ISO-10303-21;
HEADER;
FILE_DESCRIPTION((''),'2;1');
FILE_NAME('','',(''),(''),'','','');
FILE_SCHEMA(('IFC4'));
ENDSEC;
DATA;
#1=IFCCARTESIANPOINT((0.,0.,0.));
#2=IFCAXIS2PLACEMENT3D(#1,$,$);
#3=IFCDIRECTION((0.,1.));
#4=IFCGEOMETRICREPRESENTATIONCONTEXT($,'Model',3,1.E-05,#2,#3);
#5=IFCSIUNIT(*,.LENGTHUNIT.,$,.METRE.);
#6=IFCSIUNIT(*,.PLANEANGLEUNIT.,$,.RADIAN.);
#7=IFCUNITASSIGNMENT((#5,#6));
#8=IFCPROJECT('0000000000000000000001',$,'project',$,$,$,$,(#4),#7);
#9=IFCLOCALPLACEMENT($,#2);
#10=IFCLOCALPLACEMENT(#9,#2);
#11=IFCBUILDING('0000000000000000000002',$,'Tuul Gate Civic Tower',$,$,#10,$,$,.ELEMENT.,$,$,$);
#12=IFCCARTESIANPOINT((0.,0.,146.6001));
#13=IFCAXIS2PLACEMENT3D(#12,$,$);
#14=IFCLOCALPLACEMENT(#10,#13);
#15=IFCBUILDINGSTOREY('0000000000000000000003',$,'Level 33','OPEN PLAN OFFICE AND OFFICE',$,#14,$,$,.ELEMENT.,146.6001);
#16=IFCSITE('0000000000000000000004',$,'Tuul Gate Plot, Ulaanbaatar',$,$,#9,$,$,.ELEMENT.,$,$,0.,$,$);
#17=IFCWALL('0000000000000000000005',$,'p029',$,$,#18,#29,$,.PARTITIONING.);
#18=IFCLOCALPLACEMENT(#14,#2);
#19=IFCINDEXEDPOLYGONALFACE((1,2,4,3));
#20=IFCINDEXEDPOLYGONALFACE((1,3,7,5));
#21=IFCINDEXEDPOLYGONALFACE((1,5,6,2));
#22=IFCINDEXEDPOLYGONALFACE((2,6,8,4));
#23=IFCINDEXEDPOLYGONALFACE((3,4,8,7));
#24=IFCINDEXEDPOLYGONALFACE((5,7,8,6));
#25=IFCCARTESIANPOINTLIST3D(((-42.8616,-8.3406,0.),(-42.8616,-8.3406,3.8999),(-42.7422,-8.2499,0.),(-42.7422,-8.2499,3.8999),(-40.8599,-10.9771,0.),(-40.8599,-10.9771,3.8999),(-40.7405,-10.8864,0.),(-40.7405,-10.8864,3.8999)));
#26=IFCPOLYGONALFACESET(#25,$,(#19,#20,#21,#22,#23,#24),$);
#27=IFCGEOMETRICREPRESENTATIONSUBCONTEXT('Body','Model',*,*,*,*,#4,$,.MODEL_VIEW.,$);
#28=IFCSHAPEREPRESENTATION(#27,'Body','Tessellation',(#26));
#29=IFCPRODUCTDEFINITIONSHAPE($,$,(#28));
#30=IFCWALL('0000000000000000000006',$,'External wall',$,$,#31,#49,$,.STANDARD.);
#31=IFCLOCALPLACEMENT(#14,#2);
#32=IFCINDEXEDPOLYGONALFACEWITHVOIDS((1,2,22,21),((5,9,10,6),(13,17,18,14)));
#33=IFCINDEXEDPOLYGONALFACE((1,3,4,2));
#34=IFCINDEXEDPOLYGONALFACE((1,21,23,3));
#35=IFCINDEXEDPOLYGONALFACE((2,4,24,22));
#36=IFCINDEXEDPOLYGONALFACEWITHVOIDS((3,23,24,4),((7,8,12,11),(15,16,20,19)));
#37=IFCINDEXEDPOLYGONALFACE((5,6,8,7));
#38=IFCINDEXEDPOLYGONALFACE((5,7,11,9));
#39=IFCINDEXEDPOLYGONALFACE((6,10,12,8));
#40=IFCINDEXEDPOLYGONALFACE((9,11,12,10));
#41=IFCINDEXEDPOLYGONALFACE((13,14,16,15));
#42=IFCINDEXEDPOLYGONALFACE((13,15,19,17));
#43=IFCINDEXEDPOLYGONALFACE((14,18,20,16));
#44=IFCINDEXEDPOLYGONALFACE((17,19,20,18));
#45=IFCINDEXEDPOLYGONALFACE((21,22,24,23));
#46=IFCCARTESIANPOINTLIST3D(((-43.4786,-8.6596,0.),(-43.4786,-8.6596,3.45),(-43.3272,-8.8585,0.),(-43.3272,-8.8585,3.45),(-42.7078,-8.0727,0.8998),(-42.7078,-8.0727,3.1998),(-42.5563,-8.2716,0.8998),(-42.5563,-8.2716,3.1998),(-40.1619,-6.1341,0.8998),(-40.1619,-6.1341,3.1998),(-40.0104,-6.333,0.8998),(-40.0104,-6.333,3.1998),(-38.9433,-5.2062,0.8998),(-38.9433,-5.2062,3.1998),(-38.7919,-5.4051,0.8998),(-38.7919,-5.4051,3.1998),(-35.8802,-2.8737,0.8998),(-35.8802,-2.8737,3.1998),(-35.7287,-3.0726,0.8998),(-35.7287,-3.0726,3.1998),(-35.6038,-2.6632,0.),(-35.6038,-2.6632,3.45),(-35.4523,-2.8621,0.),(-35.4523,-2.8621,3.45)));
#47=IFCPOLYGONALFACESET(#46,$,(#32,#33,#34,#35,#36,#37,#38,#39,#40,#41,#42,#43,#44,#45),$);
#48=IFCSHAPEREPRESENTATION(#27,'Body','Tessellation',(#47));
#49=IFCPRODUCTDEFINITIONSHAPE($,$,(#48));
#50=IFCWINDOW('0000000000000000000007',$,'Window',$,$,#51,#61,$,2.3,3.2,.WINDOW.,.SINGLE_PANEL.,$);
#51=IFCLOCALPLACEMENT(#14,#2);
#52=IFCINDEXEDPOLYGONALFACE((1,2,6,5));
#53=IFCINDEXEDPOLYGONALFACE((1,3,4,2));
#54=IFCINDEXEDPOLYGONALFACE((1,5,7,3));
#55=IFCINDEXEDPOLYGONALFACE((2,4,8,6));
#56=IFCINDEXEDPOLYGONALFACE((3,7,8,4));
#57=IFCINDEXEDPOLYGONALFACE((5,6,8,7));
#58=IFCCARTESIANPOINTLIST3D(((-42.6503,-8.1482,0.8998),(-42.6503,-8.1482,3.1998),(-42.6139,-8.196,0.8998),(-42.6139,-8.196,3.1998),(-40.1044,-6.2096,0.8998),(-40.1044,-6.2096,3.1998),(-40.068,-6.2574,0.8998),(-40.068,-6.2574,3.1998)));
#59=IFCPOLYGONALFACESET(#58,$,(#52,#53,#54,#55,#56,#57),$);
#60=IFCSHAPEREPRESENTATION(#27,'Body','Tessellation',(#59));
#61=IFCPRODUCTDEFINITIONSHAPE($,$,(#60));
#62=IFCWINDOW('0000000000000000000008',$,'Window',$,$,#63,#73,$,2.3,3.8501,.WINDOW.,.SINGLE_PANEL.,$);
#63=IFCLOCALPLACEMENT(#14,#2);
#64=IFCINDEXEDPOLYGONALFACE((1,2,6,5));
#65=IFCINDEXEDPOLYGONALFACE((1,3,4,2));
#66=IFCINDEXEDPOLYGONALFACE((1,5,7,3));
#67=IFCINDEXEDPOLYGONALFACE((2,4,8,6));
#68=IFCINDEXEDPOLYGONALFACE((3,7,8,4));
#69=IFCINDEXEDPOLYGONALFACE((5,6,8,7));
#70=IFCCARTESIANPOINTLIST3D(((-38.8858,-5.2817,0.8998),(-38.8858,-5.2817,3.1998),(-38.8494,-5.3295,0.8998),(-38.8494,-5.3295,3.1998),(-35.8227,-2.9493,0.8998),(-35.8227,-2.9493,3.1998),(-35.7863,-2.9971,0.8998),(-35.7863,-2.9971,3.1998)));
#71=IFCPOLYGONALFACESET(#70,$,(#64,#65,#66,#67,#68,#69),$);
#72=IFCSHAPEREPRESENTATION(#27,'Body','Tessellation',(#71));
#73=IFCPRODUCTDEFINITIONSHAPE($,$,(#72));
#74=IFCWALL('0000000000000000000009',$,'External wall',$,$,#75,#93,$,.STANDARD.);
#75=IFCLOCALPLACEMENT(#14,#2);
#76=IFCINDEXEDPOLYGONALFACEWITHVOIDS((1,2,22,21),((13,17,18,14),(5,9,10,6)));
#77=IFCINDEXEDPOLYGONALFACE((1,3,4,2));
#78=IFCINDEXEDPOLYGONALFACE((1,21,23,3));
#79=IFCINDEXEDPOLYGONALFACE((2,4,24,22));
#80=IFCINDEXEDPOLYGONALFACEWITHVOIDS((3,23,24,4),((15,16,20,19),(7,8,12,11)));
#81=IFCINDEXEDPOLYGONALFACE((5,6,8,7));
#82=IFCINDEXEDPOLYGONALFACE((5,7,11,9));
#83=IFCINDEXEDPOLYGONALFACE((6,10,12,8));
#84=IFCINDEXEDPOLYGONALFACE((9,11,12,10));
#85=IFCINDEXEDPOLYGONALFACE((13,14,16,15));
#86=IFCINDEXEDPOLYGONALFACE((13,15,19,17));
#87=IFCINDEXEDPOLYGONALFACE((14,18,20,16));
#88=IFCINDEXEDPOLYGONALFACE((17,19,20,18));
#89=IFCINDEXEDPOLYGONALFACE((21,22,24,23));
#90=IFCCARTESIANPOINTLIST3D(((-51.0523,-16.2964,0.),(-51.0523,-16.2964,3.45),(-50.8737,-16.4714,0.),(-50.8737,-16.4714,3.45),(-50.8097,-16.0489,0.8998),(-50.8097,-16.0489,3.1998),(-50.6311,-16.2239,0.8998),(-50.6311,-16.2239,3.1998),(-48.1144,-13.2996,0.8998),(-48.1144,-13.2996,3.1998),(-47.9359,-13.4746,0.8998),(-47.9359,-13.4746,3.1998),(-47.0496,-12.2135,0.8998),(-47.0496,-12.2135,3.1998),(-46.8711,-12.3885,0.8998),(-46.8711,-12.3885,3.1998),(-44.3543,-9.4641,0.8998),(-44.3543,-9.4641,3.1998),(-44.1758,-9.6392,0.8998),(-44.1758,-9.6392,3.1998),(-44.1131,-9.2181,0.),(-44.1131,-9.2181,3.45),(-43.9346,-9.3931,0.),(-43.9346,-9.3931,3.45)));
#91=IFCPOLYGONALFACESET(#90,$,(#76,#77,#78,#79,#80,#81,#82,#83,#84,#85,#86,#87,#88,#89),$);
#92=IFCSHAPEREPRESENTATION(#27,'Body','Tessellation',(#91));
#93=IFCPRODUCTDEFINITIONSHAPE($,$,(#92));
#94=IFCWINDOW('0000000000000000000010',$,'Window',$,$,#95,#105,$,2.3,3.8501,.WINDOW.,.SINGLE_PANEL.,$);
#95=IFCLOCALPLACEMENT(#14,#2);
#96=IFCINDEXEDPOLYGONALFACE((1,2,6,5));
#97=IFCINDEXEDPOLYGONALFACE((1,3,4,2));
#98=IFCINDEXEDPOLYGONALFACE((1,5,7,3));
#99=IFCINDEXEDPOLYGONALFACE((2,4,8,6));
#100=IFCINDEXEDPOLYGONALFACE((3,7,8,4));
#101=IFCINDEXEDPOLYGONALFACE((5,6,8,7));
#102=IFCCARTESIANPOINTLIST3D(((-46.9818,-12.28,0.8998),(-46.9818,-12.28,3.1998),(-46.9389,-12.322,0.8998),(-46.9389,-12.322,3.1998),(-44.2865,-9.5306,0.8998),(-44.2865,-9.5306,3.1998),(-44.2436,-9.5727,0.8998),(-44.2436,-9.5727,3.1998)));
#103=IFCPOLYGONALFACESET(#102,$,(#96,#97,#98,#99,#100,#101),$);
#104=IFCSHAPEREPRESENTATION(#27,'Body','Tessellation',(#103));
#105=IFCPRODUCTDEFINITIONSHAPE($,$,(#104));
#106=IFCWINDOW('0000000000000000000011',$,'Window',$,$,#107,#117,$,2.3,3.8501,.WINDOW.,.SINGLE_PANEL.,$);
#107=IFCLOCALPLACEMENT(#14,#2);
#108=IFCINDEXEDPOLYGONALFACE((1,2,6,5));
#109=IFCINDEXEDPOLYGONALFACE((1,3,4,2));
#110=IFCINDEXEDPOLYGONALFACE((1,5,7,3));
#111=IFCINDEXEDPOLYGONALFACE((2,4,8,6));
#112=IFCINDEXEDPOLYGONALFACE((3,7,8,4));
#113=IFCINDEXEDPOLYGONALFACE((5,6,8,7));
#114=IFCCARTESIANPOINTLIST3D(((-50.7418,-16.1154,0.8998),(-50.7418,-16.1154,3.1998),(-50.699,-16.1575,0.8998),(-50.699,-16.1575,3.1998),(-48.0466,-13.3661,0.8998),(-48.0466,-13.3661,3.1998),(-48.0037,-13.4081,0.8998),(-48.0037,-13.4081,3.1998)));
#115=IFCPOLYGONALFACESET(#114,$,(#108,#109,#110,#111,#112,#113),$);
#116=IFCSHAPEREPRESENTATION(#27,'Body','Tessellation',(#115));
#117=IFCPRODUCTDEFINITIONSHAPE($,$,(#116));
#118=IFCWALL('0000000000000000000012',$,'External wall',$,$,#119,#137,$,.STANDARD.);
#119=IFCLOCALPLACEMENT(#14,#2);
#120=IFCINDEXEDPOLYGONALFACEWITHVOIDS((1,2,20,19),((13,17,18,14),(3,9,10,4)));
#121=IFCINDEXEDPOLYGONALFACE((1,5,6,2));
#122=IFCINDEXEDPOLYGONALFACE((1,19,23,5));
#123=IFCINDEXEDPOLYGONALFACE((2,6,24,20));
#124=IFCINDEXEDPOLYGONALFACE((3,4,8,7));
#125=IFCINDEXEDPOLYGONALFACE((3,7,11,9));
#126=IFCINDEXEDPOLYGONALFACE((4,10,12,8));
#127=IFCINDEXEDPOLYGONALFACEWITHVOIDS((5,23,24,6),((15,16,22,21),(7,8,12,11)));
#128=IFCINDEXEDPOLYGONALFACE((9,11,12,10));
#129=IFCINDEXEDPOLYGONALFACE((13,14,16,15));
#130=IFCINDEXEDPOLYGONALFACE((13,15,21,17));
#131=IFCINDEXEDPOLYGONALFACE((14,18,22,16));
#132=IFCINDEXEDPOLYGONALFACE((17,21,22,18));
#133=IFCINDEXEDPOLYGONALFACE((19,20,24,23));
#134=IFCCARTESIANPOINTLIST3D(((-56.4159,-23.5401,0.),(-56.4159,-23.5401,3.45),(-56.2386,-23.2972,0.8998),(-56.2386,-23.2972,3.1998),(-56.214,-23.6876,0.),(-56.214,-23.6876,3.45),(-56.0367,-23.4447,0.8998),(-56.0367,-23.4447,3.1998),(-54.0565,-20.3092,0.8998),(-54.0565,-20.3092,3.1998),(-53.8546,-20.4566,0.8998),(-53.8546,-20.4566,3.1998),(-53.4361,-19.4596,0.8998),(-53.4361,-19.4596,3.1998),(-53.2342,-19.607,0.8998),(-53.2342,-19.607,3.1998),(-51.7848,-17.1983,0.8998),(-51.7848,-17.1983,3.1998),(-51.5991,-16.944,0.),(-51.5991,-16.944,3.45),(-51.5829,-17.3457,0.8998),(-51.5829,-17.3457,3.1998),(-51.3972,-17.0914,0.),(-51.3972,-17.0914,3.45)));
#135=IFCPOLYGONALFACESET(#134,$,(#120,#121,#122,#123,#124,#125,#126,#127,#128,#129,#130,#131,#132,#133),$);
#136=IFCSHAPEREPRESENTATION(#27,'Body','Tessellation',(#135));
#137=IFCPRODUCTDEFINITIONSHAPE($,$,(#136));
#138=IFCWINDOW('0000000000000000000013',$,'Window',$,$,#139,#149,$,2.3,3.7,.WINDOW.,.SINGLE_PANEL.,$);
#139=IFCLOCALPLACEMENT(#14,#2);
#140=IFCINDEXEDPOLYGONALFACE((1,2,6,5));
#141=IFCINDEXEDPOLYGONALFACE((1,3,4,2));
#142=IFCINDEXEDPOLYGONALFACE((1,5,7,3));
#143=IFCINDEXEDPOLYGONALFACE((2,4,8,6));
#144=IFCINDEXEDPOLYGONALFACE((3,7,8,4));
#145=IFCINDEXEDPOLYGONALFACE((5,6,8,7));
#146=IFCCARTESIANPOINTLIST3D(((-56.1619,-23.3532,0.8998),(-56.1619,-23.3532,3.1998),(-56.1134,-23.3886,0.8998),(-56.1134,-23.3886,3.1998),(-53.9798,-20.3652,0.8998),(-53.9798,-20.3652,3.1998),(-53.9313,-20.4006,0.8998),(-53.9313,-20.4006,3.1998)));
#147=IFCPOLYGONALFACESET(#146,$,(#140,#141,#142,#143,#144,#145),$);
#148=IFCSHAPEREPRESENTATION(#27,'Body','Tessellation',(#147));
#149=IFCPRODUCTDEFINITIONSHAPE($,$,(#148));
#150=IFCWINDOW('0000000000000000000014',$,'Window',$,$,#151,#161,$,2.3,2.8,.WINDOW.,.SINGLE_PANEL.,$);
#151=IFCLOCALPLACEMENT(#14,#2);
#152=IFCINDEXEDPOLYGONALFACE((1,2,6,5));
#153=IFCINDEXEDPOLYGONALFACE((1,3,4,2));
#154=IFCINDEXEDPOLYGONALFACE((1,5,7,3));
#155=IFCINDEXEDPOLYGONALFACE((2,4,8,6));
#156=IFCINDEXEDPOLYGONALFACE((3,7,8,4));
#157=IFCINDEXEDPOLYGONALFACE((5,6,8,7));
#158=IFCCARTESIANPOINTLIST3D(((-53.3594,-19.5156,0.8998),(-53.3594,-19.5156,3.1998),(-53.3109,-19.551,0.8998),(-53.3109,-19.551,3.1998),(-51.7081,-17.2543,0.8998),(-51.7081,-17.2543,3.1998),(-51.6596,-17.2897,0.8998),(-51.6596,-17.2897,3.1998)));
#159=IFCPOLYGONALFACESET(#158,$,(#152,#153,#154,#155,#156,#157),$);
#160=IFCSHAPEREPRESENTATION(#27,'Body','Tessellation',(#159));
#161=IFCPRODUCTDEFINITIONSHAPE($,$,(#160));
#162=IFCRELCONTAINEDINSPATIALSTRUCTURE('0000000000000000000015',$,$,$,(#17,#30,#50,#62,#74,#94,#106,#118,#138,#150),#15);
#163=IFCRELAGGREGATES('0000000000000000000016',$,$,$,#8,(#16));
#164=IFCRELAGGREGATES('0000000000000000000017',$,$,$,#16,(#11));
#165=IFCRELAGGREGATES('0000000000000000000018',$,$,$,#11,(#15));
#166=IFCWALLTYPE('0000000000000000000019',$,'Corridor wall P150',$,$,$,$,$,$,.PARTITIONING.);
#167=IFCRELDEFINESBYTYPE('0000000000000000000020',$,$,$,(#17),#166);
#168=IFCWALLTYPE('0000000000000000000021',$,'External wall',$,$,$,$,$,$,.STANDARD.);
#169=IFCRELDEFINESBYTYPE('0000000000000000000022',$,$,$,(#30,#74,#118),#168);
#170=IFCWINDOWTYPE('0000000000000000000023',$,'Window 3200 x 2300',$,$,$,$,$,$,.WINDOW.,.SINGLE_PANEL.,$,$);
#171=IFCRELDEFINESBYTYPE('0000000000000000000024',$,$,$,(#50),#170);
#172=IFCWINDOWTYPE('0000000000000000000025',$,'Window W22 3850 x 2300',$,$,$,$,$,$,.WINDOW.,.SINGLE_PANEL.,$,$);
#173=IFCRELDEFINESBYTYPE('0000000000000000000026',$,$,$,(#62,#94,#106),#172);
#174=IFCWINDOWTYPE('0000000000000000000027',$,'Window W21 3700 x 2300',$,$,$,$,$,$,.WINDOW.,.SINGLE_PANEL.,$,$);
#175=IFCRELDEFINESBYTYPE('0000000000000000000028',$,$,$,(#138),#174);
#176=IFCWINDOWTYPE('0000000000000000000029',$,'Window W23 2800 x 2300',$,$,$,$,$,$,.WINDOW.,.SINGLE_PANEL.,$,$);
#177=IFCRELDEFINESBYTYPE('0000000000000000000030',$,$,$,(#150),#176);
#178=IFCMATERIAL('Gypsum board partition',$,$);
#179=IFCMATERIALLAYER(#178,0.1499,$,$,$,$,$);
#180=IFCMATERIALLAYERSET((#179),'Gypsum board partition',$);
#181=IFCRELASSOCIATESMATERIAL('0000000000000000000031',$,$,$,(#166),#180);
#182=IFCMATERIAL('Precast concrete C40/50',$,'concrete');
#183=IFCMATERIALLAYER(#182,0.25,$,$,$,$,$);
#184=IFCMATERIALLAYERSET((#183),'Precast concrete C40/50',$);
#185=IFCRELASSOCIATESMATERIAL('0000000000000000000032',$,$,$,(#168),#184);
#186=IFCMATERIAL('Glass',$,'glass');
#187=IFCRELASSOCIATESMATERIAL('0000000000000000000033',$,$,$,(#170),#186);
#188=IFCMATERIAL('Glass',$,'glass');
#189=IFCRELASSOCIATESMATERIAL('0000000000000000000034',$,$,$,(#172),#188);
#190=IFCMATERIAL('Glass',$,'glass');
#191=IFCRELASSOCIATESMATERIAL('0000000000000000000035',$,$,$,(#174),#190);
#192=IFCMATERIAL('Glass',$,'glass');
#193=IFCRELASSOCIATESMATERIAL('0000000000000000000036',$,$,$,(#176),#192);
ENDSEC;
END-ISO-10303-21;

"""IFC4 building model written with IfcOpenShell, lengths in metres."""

from ifc_helpers import new_model, si_unit, direction, frame, frame_2d, origin, place, context, subcontext, project, spatial, rectangle, extrude, material, layer, layer_set, type_object, element, fill, save


model = new_model("IFC4")

# Units and contexts
model_context = context("Model", 3, precision=1e-05, world=origin(), true_north=direction((0.0, 1.0)))
body_context = subcontext(model_context, "Body", "Model", "MODEL_VIEW")
ifc_project = project(units=[si_unit("LENGTHUNIT", "METRE"), si_unit("PLANEANGLEUNIT", "RADIAN")], contexts=[model_context])

# Site, building, storey
site_placement = place(None, origin())
site = spatial("IfcSite", under=ifc_project, at=site_placement, Name="Tuul Gate Plot, Ulaanbaatar", CompositionType="ELEMENT", RefElevation=0.0)
building_placement = place(site_placement, origin())
building = spatial("IfcBuilding", under=site, at=building_placement, Name="Tuul Gate Civic Tower", CompositionType="ELEMENT")
storey_placement = place(building_placement, frame((0.0, 0.0, 146.6001)))
storey = spatial("IfcBuildingStorey", under=building, at=storey_placement, Name="Level 33", Description="OPEN PLAN OFFICE AND OFFICE", CompositionType="ELEMENT", Elevation=146.6001)

# Wall
ifc_material_1 = material(Name="Gypsum board partition")
ifc_layer_1 = layer(ifc_material_1, 0.1499)
ifc_layer_set_1 = layer_set([ifc_layer_1], Name="Gypsum board partition")
wall_type_1 = type_object("IfcWallType", Name="Corridor wall P150", PredefinedType="PARTITIONING", material=ifc_layer_set_1)
wall_1_placement = place(storey_placement, frame((-42.802, -8.2952, 0.0), z_axis=(0.0, 0.0, 1.0), x_axis=(0.604698, -0.796455, 0.0)))
element("IfcWall", 1, at=wall_1_placement, inside=storey, type_object=wall_type_1, Name="p029", PredefinedType="PARTITIONING", context=body_context, shape_type="SweptSolid", body=[
    extrude(rectangle(XDim=3.3103, YDim=0.1499, at=frame_2d((1.6553, 0.0))), origin(), (0.0, 0.0, 1.0), 3.8999),
])

# Walls, openings, windows
ifc_material_2 = material(Name="Precast concrete C40/50", Category="concrete")
ifc_layer_2 = layer(ifc_material_2, 0.25)
ifc_layer_set_2 = layer_set([ifc_layer_2], Name="Precast concrete C40/50")
wall_type_2 = type_object("IfcWallType", Name="External wall", PredefinedType="STANDARD", material=ifc_layer_set_2)
wall_2_placement = place(storey_placement, frame((-35.5281, -2.7627, 0.0), z_axis=(0.0, 0.0, 1.0), x_axis=(-0.795601, -0.605821, 0.0)))
wall_2 = element("IfcWall", 2, at=wall_2_placement, inside=storey, type_object=wall_type_2, Name="External wall", PredefinedType="STANDARD", context=body_context, shape_type="SweptSolid", body=[
    extrude(rectangle(XDim=9.8979, YDim=0.25, at=frame_2d((4.949, 0.0))), origin(), (0.0, 0.0, 1.0), 3.45),
])
opening_1_placement = place(wall_2_placement, frame((0.3474, 0.0, 0.8999)))
opening_1 = element("IfcOpeningElement", 3, at=opening_1_placement, cuts=wall_2, PredefinedType="OPENING", context=body_context, shape_type="SweptSolid", body=[
    extrude(rectangle(XDim=3.8501, YDim=2.3, at=frame_2d((1.925, 1.1499))), frame((0.0, 0.135, 0.0), z_axis=(0.0, -1.0, 0.0), x_axis=(1.0, 0.0, 0.0)), (0.0, 0.0, 1.0), 0.27),
])
opening_2_placement = place(wall_2_placement, frame((5.729, 0.0, 0.8999)))
opening_2 = element("IfcOpeningElement", 4, at=opening_2_placement, cuts=wall_2, PredefinedType="OPENING", context=body_context, shape_type="SweptSolid", body=[
    extrude(rectangle(XDim=3.2, YDim=2.3, at=frame_2d((1.6001, 1.1499))), frame((0.0, 0.135, 0.0), z_axis=(0.0, -1.0, 0.0), x_axis=(1.0, 0.0, 0.0)), (0.0, 0.0, 1.0), 0.27),
])
ifc_material_3 = material(Name="Glass", Category="glass")
window_type_1 = type_object("IfcWindowType", Name="Window 3200 x 2300", PartitioningType="SINGLE_PANEL", PredefinedType="WINDOW", material=ifc_material_3)
window_1_placement = place(opening_2_placement, origin())
window_1 = element("IfcWindow", 5, at=window_1_placement, inside=storey, type_object=window_type_1, Name="Window", OverallHeight=2.3, OverallWidth=3.2, PartitioningType="SINGLE_PANEL", PredefinedType="WINDOW", context=body_context, shape_type="SweptSolid", body=[
    extrude(rectangle(XDim=3.2, YDim=2.3, at=frame_2d((1.6001, 1.1499))), frame((0.0, 0.03, 0.0), z_axis=(0.0, -1.0, 0.0), x_axis=(1.0, 0.0, 0.0)), (0.0, 0.0, 1.0), 0.0601),
])
fill(opening_2, window_1)
ifc_material_4 = material(Name="Glass", Category="glass")
window_type_2 = type_object("IfcWindowType", Name="Window W22 3850 x 2300", PartitioningType="SINGLE_PANEL", PredefinedType="WINDOW", material=ifc_material_4)
window_2_placement = place(opening_1_placement, origin())
window_2 = element("IfcWindow", 6, at=window_2_placement, inside=storey, type_object=window_type_2, Name="Window", OverallHeight=2.3, OverallWidth=3.8501, PartitioningType="SINGLE_PANEL", PredefinedType="WINDOW", context=body_context, shape_type="SweptSolid", body=[
    extrude(rectangle(XDim=3.8501, YDim=2.3, at=frame_2d((1.925, 1.1499))), frame((0.0, 0.03, 0.0), z_axis=(0.0, -1.0, 0.0), x_axis=(1.0, 0.0, 0.0)), (0.0, 0.0, 1.0), 0.0601),
])
fill(opening_1, window_2)
wall_3_placement = place(storey_placement, frame((-44.0239, -9.3057, 0.0), z_axis=(0.0, 0.0, 1.0), x_axis=(-0.700052, -0.714091, 0.0)))
wall_3 = element("IfcWall", 7, at=wall_3_placement, inside=storey, type_object=wall_type_2, Name="External wall", PredefinedType="STANDARD", context=body_context, shape_type="SweptSolid", body=[
    extrude(rectangle(XDim=9.9124, YDim=0.25, at=frame_2d((4.9561, 0.0))), origin(), (0.0, 0.0, 1.0), 3.45),
])
opening_3_placement = place(wall_3_placement, frame((0.3445, 0.0, 0.8999)))
opening_3 = element("IfcOpeningElement", 8, at=opening_3_placement, cuts=wall_3, PredefinedType="OPENING", context=body_context, shape_type="SweptSolid", body=[
    extrude(rectangle(XDim=3.8501, YDim=2.3, at=frame_2d((1.925, 1.1499))), frame((0.0, 0.135, 0.0), z_axis=(0.0, -1.0, 0.0), x_axis=(1.0, 0.0, 0.0)), (0.0, 0.0, 1.0), 0.27),
])
opening_4_placement = place(wall_3_placement, frame((5.7156, 0.0, 0.8999)))
opening_4 = element("IfcOpeningElement", 9, at=opening_4_placement, cuts=wall_3, PredefinedType="OPENING", context=body_context, shape_type="SweptSolid", body=[
    extrude(rectangle(XDim=3.8501, YDim=2.3, at=frame_2d((1.925, 1.1499))), frame((0.0, 0.135, 0.0), z_axis=(0.0, -1.0, 0.0), x_axis=(1.0, 0.0, 0.0)), (0.0, 0.0, 1.0), 0.27),
])
window_3_placement = place(opening_3_placement, origin())
window_3 = element("IfcWindow", 10, at=window_3_placement, inside=storey, type_object=window_type_2, Name="Window", OverallHeight=2.3, OverallWidth=3.8501, PartitioningType="SINGLE_PANEL", PredefinedType="WINDOW", context=body_context, shape_type="SweptSolid", body=[
    extrude(rectangle(XDim=3.8501, YDim=2.3, at=frame_2d((1.925, 1.1499))), frame((0.0, 0.03, 0.0), z_axis=(0.0, -1.0, 0.0), x_axis=(1.0, 0.0, 0.0)), (0.0, 0.0, 1.0), 0.0601),
])
fill(opening_3, window_3)
window_4_placement = place(opening_4_placement, origin())
window_4 = element("IfcWindow", 11, at=window_4_placement, inside=storey, type_object=window_type_2, Name="Window", OverallHeight=2.3, OverallWidth=3.8501, PartitioningType="SINGLE_PANEL", PredefinedType="WINDOW", context=body_context, shape_type="SweptSolid", body=[
    extrude(rectangle(XDim=3.8501, YDim=2.3, at=frame_2d((1.925, 1.1499))), frame((0.0, 0.03, 0.0), z_axis=(0.0, -1.0, 0.0), x_axis=(1.0, 0.0, 0.0)), (0.0, 0.0, 1.0), 0.0601),
])
fill(opening_4, window_4)
wall_4_placement = place(storey_placement, frame((-51.498, -17.0176, 0.0), z_axis=(0.0, 0.0, 1.0), x_axis=(-0.589745, -0.807589, 0.0)))
wall_4 = element("IfcWall", 12, at=wall_4_placement, inside=storey, type_object=wall_type_2, Name="External wall", PredefinedType="STANDARD", context=body_context, shape_type="SweptSolid", body=[
    extrude(rectangle(XDim=8.1677, YDim=0.25, at=frame_2d((4.084, 0.0))), origin(), (0.0, 0.0, 1.0), 3.45),
])
opening_5_placement = place(wall_4_placement, frame((0.3152, 0.0, 0.8999)))
opening_5 = element("IfcOpeningElement", 13, at=opening_5_placement, cuts=wall_4, PredefinedType="OPENING", context=body_context, shape_type="SweptSolid", body=[
    extrude(rectangle(XDim=2.8, YDim=2.3, at=frame_2d((1.3999, 1.1499))), frame((0.0, 0.135, 0.0), z_axis=(0.0, -1.0, 0.0), x_axis=(1.0, 0.0, 0.0)), (0.0, 0.0, 1.0), 0.27),
])
opening_6_placement = place(wall_4_placement, frame((4.167, 0.0, 0.8999)))
opening_6 = element("IfcOpeningElement", 14, at=opening_6_placement, cuts=wall_4, PredefinedType="OPENING", context=body_context, shape_type="SweptSolid", body=[
    extrude(rectangle(XDim=3.7, YDim=2.3, at=frame_2d((1.8501, 1.1499))), frame((0.0, 0.135, 0.0), z_axis=(0.0, -1.0, 0.0), x_axis=(1.0, 0.0, 0.0)), (0.0, 0.0, 1.0), 0.27),
])
ifc_material_5 = material(Name="Glass", Category="glass")
window_type_3 = type_object("IfcWindowType", Name="Window W21 3700 x 2300", PartitioningType="SINGLE_PANEL", PredefinedType="WINDOW", material=ifc_material_5)
window_5_placement = place(opening_6_placement, origin())
window_5 = element("IfcWindow", 15, at=window_5_placement, inside=storey, type_object=window_type_3, Name="Window", OverallHeight=2.3, OverallWidth=3.7, PartitioningType="SINGLE_PANEL", PredefinedType="WINDOW", context=body_context, shape_type="SweptSolid", body=[
    extrude(rectangle(XDim=3.7, YDim=2.3, at=frame_2d((1.8501, 1.1499))), frame((0.0, 0.03, 0.0), z_axis=(0.0, -1.0, 0.0), x_axis=(1.0, 0.0, 0.0)), (0.0, 0.0, 1.0), 0.0601),
])
fill(opening_6, window_5)
ifc_material_6 = material(Name="Glass", Category="glass")
window_type_4 = type_object("IfcWindowType", Name="Window W23 2800 x 2300", PartitioningType="SINGLE_PANEL", PredefinedType="WINDOW", material=ifc_material_6)
window_6_placement = place(opening_5_placement, origin())
window_6 = element("IfcWindow", 16, at=window_6_placement, inside=storey, type_object=window_type_4, Name="Window", OverallHeight=2.3, OverallWidth=2.8, PartitioningType="SINGLE_PANEL", PredefinedType="WINDOW", context=body_context, shape_type="SweptSolid", body=[
    extrude(rectangle(XDim=2.8, YDim=2.3, at=frame_2d((1.3999, 1.1499))), frame((0.0, 0.03, 0.0), z_axis=(0.0, -1.0, 0.0), x_axis=(1.0, 0.0, 0.0)), (0.0, 0.0, 1.0), 0.0601),
])
fill(opening_5, window_6)

save(model, "model.ifc")
